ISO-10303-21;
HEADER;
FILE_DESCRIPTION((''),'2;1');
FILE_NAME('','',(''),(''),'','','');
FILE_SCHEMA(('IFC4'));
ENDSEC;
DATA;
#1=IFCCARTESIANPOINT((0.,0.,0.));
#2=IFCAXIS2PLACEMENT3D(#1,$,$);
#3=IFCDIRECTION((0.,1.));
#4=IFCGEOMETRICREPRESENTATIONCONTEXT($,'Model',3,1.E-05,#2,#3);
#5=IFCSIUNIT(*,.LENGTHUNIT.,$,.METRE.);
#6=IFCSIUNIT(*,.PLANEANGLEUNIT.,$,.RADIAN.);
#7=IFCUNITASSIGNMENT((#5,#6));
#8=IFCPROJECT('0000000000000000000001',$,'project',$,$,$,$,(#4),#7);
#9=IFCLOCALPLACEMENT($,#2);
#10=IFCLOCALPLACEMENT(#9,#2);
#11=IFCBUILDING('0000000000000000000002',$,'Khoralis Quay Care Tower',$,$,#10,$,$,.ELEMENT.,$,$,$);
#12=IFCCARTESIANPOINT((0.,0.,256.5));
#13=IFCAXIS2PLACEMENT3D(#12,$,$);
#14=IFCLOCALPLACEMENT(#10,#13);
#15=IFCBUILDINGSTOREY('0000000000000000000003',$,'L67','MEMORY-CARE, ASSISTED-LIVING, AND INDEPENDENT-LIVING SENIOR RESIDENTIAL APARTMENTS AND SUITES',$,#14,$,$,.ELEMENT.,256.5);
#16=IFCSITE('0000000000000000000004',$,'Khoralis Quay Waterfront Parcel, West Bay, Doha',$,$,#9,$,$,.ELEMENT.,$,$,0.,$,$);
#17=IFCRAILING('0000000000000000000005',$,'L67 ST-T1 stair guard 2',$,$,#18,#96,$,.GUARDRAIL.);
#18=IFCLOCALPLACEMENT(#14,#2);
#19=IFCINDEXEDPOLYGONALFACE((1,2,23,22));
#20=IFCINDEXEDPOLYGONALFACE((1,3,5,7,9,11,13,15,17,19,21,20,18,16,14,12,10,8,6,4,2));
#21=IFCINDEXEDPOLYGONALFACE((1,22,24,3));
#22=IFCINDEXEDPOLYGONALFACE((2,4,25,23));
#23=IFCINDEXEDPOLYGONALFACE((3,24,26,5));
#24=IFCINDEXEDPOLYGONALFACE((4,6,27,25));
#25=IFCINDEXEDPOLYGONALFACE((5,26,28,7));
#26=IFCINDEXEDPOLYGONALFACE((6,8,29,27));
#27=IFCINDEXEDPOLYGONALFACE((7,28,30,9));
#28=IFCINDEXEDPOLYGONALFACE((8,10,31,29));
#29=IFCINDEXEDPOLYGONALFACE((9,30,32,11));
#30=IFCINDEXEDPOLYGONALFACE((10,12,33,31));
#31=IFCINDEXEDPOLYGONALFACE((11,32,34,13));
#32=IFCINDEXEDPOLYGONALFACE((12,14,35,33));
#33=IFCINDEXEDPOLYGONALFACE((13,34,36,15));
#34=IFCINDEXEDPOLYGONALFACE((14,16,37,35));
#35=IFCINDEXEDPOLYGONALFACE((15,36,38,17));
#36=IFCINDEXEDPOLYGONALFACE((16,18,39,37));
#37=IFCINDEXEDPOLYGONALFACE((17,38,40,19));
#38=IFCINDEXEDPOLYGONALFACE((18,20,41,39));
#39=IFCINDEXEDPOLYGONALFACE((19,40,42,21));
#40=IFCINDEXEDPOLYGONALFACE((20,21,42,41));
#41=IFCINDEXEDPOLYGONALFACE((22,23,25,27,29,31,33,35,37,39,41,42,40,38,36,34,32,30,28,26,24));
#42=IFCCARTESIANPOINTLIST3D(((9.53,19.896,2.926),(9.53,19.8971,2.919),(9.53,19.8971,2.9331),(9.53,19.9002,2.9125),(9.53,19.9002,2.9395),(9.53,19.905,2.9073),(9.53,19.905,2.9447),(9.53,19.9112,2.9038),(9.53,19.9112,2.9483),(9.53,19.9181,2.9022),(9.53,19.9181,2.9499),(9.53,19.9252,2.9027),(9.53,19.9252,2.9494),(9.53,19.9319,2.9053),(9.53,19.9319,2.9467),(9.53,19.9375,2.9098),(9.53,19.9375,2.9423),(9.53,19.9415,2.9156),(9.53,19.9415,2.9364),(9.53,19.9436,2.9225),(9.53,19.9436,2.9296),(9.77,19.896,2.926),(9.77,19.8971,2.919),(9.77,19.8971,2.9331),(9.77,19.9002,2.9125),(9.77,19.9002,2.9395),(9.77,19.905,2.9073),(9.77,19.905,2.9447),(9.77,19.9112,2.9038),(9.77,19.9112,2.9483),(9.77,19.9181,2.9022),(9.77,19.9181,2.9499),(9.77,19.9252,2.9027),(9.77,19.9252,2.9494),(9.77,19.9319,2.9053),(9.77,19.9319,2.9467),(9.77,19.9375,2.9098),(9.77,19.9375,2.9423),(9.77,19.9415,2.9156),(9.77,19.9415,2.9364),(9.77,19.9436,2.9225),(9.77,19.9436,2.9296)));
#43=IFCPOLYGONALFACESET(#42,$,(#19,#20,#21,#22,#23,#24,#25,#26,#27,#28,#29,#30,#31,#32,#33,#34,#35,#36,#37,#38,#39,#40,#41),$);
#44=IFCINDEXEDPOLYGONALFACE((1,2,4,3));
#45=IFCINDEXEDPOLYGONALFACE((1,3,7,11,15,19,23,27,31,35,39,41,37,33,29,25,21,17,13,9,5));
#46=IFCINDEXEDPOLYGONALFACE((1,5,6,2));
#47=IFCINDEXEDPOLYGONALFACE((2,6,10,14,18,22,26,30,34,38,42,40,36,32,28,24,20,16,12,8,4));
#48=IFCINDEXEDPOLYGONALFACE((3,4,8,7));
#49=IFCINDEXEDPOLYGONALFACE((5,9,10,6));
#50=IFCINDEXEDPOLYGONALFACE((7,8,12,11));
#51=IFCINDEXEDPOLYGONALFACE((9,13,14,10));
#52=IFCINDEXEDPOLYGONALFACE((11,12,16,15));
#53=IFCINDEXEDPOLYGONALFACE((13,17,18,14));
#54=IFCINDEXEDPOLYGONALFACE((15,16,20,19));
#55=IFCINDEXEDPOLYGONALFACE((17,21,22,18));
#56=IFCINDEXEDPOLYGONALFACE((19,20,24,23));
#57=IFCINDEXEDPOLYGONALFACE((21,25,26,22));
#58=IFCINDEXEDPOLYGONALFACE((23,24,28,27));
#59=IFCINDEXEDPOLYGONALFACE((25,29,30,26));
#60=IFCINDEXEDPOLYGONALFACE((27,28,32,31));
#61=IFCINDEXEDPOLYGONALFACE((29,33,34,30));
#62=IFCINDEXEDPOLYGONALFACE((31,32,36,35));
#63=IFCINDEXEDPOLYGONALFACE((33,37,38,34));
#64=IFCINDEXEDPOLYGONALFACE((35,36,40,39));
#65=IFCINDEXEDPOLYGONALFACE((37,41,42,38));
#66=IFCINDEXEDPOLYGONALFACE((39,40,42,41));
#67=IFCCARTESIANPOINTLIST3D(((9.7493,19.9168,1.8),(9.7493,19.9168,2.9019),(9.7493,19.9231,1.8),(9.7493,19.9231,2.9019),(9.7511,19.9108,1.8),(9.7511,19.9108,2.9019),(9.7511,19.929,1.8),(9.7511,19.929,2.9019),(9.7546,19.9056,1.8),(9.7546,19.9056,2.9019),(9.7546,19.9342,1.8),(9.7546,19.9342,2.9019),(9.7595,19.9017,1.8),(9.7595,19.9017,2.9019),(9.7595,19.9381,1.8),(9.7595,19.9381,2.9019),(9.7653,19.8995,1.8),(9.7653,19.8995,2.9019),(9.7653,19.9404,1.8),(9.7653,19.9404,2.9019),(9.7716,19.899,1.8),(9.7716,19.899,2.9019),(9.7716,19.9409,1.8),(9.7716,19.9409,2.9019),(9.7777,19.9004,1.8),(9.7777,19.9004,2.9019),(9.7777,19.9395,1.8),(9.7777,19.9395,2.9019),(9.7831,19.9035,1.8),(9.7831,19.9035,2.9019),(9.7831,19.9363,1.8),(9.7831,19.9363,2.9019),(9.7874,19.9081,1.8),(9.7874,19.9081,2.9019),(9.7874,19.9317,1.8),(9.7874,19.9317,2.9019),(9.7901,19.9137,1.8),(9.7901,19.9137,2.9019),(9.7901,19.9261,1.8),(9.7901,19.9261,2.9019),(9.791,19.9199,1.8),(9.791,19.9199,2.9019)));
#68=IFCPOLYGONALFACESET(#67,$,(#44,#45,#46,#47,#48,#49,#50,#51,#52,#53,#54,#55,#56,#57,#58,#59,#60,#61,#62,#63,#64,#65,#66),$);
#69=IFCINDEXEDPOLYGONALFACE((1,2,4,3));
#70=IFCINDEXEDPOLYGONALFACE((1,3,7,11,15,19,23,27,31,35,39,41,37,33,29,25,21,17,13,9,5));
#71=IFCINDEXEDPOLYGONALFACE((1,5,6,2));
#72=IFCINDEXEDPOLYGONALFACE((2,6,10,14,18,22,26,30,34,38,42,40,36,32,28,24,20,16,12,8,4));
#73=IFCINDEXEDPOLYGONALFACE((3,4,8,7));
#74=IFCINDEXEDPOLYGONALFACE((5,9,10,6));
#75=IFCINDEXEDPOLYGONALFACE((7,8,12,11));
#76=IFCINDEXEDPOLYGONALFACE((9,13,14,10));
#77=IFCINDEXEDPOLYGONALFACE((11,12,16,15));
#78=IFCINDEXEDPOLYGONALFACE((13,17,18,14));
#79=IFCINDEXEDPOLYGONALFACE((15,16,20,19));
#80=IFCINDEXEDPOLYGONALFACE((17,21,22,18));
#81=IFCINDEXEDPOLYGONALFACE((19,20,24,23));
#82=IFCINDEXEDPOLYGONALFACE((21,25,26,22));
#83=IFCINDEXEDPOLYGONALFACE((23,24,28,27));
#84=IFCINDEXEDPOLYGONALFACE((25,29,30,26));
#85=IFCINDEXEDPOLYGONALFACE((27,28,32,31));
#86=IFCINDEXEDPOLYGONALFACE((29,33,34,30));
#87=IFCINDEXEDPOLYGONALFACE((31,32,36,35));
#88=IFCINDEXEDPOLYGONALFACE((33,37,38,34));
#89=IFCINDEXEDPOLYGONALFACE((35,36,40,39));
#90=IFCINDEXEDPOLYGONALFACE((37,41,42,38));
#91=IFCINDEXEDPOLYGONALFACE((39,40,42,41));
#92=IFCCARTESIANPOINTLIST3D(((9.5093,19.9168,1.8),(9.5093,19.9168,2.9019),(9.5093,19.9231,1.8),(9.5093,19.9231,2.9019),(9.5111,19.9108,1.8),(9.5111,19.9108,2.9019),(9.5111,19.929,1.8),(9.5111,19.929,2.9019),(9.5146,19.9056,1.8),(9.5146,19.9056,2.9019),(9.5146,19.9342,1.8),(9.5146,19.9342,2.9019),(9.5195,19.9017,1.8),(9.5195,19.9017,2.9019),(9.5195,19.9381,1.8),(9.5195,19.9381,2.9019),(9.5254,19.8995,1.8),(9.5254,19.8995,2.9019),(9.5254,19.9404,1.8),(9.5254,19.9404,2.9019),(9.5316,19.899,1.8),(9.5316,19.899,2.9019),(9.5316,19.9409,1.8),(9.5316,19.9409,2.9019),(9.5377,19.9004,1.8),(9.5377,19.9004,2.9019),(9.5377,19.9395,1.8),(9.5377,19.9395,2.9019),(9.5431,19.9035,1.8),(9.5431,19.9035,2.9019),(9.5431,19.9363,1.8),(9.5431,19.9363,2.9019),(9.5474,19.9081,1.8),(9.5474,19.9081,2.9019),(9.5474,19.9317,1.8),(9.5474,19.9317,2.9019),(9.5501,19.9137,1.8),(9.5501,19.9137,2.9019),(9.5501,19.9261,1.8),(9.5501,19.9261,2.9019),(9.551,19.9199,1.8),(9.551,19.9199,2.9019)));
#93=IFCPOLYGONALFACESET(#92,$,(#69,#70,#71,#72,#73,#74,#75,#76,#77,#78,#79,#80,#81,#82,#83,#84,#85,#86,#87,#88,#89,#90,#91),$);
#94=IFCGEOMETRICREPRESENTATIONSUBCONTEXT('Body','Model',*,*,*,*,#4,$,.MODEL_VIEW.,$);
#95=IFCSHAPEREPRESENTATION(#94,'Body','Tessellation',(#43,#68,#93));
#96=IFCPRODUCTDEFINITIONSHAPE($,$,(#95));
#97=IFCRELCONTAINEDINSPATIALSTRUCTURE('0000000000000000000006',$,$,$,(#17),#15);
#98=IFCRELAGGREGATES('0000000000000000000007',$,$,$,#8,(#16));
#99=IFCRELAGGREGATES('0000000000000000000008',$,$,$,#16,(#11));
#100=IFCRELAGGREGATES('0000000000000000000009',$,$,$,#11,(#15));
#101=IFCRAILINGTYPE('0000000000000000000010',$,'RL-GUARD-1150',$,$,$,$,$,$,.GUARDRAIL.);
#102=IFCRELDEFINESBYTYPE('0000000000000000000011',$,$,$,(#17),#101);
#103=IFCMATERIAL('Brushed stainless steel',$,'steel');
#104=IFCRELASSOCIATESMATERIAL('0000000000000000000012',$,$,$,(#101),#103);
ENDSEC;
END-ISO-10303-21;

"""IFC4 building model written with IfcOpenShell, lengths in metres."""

from ifc_helpers import new_model, si_unit, direction, frame, origin, origin_2d, place, context, subcontext, project, spatial, circle, extrude, material, type_object, element, save


model = new_model("IFC4")

# Units and contexts
model_context = context("Model", 3, precision=1e-05, world=origin(), true_north=direction((0.0, 1.0)))
body_context = subcontext(model_context, "Body", "Model", "MODEL_VIEW")
ifc_project = project(units=[si_unit("LENGTHUNIT", "METRE"), si_unit("PLANEANGLEUNIT", "RADIAN")], contexts=[model_context])

# Site, building, storey
site_placement = place(None, origin())
site = spatial("IfcSite", under=ifc_project, at=site_placement, Name="Khoralis Quay Waterfront Parcel, West Bay, Doha", CompositionType="ELEMENT", RefElevation=0.0)
building_placement = place(site_placement, origin())
building = spatial("IfcBuilding", under=site, at=building_placement, Name="Khoralis Quay Care Tower", CompositionType="ELEMENT")
storey_placement = place(building_placement, frame((0.0, 0.0, 256.5)))
storey = spatial("IfcBuildingStorey", under=building, at=storey_placement, Name="L67", Description="MEMORY-CARE, ASSISTED-LIVING, AND INDEPENDENT-LIVING SENIOR RESIDENTIAL APARTMENTS AND SUITES", CompositionType="ELEMENT", Elevation=256.5)

# Shared definitions
ifc_material_1 = material(Name="Brushed stainless steel", Category="steel")

# Railing
railing_type_1 = type_object("IfcRailingType", Name="RL-GUARD-1150", PredefinedType="GUARDRAIL", material=ifc_material_1)
railing_1_placement = place(storey_placement, frame((9.77, 19.9199, 1.8)))
element("IfcRailing", 1, at=railing_1_placement, inside=storey, type_object=railing_type_1, Name="L67 ST-T1 stair guard 2", PredefinedType="GUARDRAIL", context=body_context, shape_type="SweptSolid", body=[
    extrude(circle(Radius=0.0239, at=origin_2d()), frame((0.0, 0.0, 1.126), z_axis=(-1.0, 0.0, 0.0), x_axis=(0.0, -1.0, 0.0)), (0.0, 0.0, 1.0), 0.24),
    extrude(circle(Radius=0.021, at=origin_2d()), origin(), (0.0, 0.0, 1.0), 1.1018),
    extrude(circle(Radius=0.021, at=origin_2d()), frame((-0.24, 0.0, 0.0)), (0.0, 0.0, 1.0), 1.1018),
])

save(model, "model.ifc")
